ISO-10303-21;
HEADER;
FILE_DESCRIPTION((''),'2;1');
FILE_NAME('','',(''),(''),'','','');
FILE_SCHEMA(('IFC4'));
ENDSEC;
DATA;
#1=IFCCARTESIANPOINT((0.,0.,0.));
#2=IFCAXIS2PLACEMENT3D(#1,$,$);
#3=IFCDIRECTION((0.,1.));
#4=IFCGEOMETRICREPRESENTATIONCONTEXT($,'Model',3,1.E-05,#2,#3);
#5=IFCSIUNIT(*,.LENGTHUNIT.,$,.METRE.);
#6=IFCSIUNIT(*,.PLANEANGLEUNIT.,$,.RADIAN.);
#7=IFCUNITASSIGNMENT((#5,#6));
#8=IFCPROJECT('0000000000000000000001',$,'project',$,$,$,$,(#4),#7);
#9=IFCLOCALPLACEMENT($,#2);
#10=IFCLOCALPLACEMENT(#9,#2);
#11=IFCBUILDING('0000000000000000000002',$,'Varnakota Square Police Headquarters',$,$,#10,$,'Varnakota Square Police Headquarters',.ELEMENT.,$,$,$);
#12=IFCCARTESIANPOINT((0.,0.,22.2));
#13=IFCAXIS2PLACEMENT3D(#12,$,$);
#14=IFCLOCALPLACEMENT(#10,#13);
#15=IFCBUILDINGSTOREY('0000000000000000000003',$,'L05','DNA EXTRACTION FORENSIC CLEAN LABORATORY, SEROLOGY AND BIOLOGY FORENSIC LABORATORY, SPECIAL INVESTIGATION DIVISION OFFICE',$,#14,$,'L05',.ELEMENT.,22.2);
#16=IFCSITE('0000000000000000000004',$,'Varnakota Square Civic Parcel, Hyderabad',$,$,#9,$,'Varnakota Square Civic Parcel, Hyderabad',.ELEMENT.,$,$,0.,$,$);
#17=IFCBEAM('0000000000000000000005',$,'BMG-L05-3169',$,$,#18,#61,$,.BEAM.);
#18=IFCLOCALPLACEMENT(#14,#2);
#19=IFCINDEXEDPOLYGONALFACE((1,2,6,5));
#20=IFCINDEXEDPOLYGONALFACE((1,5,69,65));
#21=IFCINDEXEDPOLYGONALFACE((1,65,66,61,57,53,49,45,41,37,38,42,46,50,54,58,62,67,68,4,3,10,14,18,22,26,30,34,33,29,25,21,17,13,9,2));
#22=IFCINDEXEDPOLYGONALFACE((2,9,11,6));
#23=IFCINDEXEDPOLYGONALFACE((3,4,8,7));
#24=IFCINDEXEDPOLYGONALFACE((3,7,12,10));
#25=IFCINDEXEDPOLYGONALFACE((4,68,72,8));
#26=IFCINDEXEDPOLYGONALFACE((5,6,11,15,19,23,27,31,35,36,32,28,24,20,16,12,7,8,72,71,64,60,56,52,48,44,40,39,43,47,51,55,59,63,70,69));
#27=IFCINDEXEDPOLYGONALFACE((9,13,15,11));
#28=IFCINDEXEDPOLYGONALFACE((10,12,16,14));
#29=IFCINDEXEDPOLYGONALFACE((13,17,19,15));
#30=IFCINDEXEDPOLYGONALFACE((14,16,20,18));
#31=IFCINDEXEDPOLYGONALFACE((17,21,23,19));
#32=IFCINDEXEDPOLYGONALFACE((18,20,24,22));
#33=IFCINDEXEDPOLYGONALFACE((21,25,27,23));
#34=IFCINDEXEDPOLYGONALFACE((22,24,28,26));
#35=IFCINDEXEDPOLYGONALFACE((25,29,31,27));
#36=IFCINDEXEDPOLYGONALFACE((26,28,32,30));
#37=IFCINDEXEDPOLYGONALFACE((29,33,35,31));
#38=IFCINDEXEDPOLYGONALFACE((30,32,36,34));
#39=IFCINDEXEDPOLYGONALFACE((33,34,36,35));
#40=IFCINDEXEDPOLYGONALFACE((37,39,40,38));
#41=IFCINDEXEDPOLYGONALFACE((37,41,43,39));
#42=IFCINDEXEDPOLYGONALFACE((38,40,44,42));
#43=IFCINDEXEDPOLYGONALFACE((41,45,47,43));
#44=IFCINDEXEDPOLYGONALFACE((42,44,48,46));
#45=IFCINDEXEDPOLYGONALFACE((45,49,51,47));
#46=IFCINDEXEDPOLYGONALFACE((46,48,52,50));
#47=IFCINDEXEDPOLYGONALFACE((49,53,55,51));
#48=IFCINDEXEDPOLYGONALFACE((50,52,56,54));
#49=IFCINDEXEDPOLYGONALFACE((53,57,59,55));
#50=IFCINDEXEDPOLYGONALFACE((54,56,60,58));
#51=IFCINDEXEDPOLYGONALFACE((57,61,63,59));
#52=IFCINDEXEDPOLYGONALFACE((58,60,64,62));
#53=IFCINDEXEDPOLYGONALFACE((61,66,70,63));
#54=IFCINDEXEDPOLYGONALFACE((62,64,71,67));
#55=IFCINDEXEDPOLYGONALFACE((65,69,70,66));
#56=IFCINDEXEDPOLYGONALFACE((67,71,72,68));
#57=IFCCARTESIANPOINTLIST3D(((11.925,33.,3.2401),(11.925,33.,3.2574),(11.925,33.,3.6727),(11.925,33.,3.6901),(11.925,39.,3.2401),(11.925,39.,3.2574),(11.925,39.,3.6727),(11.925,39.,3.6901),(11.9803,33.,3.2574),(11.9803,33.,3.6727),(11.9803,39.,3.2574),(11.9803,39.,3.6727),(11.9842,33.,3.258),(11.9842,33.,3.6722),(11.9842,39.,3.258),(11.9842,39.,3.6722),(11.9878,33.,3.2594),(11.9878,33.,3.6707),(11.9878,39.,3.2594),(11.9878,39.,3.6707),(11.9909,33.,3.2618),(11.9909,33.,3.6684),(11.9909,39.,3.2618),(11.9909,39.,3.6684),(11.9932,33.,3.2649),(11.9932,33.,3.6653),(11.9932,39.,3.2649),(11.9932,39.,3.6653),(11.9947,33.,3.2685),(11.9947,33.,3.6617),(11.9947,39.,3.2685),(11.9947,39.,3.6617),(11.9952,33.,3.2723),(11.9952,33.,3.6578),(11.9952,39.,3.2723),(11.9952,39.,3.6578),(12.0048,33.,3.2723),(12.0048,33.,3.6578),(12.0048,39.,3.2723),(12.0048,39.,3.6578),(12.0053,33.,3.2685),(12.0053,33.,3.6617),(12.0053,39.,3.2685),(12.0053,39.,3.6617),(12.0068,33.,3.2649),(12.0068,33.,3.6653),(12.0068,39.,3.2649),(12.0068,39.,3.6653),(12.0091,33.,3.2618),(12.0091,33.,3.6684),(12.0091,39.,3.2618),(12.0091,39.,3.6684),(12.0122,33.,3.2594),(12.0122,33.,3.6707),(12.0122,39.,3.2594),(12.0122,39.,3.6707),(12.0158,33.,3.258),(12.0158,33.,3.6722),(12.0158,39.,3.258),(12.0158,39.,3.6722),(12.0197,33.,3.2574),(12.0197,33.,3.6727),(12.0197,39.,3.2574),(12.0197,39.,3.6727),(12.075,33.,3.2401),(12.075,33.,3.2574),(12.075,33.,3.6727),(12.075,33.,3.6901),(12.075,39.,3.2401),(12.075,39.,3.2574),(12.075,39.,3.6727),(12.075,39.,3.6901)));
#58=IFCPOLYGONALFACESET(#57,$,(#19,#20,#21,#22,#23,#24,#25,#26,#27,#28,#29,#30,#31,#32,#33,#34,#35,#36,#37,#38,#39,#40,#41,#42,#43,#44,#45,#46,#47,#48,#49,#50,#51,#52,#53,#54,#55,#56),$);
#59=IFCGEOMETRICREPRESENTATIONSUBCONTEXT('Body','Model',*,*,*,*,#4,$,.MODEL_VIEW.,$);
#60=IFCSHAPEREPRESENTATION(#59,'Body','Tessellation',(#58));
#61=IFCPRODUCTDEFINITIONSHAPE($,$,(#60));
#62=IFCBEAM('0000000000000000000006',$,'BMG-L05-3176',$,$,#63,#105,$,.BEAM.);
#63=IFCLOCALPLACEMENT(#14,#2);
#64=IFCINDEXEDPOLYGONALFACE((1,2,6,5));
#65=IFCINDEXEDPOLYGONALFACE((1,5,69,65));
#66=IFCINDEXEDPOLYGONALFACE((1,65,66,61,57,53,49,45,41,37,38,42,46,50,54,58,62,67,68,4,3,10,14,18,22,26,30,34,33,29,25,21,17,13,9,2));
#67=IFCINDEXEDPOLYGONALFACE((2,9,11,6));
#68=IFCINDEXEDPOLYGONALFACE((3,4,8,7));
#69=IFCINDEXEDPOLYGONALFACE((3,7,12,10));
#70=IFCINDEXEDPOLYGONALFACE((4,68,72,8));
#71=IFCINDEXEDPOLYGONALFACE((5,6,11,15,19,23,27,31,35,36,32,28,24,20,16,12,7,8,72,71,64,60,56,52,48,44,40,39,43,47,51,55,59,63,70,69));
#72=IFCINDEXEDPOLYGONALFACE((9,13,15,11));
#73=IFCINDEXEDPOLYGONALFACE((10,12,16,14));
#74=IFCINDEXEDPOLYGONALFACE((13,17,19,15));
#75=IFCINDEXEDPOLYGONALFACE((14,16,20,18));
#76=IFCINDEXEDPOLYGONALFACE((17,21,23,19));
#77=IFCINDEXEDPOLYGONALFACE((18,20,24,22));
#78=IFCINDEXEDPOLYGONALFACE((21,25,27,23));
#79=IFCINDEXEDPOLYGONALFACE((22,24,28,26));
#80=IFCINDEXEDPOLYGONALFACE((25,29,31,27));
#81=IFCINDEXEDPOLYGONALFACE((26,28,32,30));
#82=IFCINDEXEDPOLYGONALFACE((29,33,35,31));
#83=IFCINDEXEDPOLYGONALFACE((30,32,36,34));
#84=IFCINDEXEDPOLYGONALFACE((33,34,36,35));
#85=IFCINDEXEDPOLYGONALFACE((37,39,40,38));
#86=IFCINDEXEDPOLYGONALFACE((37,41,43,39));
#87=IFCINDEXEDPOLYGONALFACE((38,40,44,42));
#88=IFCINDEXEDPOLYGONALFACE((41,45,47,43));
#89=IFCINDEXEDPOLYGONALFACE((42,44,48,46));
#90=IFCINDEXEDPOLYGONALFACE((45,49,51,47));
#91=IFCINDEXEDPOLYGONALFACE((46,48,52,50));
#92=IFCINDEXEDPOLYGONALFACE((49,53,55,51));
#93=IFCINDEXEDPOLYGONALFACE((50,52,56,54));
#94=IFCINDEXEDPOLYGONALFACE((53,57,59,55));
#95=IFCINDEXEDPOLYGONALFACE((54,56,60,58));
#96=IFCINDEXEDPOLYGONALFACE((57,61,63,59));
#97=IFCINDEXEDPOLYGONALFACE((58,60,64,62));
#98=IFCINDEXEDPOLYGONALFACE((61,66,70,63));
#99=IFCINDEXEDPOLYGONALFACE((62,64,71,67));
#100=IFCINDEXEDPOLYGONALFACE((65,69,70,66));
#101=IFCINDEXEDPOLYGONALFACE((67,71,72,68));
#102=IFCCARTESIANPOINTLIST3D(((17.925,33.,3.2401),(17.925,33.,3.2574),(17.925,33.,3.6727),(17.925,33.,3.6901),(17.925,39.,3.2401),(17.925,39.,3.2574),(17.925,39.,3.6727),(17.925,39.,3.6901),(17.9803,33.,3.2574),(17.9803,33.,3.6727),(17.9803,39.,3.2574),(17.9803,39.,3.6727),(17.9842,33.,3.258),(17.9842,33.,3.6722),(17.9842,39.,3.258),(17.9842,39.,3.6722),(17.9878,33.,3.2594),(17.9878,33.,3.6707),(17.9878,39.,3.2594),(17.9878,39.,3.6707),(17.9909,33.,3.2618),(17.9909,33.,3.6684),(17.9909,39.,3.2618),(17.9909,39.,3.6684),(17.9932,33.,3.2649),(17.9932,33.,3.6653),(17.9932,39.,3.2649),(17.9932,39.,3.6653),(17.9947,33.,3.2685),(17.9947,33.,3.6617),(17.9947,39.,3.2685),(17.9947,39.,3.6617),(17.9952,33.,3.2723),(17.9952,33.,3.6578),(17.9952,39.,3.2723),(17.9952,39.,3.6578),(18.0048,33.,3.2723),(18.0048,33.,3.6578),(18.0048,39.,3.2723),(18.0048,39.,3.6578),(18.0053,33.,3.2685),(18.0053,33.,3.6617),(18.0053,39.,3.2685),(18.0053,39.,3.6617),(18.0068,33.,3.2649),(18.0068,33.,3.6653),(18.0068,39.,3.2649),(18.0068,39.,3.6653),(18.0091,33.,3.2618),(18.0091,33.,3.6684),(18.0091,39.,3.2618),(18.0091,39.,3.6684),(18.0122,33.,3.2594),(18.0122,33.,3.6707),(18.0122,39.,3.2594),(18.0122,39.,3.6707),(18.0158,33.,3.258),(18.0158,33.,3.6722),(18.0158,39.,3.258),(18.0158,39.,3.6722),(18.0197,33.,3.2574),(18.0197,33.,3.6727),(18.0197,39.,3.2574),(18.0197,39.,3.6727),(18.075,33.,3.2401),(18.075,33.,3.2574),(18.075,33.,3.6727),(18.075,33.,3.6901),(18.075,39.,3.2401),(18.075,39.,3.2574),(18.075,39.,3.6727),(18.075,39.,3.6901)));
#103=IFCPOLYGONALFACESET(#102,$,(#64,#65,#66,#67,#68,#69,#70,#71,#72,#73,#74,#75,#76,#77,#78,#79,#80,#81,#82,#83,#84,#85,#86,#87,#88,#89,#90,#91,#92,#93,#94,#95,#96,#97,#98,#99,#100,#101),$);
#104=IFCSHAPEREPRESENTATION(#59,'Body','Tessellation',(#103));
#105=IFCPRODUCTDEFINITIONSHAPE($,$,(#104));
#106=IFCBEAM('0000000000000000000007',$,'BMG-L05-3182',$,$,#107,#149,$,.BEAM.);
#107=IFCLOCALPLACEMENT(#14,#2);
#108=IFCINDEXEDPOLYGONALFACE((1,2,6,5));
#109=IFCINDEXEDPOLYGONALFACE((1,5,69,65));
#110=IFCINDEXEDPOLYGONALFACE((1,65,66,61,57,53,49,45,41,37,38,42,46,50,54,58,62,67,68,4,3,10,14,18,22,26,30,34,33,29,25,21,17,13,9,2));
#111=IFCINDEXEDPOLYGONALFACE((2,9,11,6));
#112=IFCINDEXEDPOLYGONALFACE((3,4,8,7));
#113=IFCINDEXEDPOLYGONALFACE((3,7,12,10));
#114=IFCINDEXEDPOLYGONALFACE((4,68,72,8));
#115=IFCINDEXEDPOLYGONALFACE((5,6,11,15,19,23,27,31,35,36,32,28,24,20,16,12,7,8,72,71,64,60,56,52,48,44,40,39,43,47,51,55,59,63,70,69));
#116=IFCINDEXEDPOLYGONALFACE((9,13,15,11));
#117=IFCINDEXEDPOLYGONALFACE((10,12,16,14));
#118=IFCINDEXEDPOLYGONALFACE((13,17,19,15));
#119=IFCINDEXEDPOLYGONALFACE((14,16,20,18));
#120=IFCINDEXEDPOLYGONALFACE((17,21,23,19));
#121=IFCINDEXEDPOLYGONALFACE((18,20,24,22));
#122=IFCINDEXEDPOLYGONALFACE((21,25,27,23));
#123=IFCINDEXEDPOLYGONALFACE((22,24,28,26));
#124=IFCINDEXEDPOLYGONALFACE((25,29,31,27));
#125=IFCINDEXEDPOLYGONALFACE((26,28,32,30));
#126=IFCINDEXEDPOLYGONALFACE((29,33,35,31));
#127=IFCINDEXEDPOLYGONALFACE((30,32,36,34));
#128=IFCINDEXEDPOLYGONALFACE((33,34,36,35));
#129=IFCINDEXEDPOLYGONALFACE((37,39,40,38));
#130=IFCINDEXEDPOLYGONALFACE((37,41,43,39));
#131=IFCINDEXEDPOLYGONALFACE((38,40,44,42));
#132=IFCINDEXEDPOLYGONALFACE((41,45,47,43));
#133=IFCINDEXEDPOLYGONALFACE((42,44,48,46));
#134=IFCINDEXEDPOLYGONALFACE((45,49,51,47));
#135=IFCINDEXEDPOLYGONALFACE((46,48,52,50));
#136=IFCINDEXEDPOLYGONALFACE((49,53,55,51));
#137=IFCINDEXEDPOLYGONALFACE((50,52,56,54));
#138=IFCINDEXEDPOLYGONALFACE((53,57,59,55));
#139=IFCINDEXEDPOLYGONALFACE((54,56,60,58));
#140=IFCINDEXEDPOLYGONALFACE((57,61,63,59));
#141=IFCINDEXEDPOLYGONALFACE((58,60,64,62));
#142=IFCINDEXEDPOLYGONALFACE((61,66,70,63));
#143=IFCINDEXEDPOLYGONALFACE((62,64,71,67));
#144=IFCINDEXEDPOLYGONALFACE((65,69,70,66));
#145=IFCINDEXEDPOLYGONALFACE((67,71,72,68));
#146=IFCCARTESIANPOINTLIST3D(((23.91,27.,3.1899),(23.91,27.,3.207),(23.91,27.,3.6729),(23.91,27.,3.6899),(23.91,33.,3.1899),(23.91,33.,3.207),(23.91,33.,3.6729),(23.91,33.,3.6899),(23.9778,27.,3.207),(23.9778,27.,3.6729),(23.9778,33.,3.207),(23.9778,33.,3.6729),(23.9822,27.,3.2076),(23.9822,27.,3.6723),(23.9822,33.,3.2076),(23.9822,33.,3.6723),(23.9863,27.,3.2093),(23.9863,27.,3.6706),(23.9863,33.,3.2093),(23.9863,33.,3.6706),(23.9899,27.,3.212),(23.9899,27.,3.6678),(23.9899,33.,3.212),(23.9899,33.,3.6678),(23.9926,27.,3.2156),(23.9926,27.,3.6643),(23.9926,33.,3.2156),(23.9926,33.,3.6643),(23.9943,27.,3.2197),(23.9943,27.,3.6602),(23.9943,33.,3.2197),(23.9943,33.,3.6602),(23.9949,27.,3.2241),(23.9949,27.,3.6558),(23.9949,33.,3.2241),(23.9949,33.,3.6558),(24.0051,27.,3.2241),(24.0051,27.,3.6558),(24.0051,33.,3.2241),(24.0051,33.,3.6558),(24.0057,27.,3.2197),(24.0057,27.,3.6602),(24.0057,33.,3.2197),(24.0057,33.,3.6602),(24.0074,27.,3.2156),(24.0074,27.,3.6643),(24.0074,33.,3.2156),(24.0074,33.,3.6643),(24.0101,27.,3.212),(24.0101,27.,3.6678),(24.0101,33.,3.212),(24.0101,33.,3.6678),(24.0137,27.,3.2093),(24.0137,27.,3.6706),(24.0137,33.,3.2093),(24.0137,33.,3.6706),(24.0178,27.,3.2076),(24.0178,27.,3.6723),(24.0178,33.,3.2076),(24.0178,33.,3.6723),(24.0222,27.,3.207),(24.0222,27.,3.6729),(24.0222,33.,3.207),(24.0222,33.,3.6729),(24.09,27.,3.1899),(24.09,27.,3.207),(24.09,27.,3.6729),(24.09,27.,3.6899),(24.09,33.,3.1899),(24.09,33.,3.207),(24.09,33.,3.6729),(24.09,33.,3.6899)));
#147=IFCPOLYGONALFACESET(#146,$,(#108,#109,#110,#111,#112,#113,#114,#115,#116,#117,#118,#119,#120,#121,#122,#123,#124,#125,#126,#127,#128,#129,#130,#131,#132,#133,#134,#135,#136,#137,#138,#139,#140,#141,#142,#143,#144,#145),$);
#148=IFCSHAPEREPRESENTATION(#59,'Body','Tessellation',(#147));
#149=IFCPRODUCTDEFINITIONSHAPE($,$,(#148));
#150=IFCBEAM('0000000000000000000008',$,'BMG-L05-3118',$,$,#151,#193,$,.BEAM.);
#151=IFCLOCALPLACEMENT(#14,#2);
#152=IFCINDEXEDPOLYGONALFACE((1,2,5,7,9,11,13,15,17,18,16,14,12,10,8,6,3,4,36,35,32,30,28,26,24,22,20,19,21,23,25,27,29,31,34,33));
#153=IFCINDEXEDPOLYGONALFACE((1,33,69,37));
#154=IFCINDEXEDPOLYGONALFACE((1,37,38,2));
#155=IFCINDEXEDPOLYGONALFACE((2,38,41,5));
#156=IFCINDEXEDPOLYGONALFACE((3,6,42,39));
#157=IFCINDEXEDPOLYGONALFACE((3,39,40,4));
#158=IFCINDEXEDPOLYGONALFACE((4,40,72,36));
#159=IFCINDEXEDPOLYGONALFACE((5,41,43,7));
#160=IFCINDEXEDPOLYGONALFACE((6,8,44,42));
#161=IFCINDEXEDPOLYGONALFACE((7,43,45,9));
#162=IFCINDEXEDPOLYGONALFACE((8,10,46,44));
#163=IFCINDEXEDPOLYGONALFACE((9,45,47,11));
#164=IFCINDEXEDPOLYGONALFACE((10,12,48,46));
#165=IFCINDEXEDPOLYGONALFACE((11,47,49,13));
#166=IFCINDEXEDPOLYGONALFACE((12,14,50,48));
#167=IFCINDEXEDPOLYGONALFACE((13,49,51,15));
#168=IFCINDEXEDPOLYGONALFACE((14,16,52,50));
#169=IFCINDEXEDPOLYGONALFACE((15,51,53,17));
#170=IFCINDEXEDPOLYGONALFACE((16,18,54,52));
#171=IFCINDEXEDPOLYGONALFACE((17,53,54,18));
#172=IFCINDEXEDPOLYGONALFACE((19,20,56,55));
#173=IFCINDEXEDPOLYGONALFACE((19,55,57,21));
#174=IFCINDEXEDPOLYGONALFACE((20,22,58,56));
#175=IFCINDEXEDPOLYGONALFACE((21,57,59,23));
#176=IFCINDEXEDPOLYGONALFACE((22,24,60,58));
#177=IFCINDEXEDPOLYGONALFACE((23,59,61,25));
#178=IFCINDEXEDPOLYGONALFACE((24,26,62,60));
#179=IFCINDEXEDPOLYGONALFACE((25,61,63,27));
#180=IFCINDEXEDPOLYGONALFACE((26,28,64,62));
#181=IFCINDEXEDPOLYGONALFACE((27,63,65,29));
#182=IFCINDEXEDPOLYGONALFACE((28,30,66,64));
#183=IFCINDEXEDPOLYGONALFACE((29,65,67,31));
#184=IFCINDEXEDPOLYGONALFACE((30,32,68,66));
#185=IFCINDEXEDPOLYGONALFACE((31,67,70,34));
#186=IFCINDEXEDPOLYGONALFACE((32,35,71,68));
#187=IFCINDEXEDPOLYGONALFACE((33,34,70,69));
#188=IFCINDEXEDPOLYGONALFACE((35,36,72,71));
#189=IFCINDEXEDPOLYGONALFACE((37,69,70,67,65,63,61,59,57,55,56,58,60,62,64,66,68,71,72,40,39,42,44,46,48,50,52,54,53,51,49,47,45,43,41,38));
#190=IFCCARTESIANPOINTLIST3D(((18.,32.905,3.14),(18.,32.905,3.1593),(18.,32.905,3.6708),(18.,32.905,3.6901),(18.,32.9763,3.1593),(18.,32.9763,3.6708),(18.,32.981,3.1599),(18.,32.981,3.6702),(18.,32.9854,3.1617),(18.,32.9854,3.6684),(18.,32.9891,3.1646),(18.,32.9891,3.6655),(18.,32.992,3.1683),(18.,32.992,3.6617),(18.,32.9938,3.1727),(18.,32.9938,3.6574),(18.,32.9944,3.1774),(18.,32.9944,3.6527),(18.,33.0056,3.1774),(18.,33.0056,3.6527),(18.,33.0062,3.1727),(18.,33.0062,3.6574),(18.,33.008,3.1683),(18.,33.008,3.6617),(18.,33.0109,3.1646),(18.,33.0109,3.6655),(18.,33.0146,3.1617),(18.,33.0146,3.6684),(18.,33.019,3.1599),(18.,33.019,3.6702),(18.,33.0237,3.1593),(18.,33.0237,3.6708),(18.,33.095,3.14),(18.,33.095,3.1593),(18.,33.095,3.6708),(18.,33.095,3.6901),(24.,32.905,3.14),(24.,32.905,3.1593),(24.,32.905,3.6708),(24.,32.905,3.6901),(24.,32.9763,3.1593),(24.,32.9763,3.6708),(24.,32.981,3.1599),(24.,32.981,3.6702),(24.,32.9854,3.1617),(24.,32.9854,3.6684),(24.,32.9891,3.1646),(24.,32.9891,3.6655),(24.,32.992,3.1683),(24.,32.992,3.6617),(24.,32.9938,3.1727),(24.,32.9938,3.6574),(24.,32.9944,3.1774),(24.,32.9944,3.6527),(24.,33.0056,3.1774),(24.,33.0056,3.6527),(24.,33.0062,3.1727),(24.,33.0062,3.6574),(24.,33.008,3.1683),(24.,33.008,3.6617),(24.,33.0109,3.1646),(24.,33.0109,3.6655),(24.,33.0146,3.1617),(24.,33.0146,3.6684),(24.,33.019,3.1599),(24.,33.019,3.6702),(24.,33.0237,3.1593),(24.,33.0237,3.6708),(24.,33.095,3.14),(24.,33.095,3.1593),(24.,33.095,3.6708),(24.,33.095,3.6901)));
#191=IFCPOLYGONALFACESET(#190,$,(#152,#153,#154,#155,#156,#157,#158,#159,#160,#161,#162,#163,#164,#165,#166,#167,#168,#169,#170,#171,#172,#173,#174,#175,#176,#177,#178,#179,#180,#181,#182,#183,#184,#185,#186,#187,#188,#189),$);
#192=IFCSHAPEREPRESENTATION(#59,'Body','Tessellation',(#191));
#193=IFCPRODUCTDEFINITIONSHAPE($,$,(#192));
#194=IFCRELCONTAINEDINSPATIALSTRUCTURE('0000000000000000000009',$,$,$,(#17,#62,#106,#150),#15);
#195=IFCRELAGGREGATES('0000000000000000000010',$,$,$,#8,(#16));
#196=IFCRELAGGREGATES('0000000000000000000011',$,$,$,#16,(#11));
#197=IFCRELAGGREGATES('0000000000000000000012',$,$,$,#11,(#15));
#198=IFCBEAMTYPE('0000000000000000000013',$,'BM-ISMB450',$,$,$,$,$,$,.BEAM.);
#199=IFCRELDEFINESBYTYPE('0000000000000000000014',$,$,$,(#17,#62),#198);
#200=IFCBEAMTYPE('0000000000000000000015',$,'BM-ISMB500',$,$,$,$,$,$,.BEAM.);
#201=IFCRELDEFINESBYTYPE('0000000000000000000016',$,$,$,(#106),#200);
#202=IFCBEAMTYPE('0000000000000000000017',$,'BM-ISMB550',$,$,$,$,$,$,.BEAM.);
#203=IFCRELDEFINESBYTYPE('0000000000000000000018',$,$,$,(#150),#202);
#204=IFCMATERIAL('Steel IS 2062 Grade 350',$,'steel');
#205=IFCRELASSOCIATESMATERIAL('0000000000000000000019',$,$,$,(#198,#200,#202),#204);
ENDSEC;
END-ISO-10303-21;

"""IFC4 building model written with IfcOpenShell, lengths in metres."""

from ifc_helpers import new_model, si_unit, direction, frame, origin, origin_2d, place, context, subcontext, project, spatial, i_section, extrude, material, material_profile, profile_set, type_object, element, save


model = new_model("IFC4")

# Units and contexts
model_context = context("Model", 3, precision=1e-05, world=origin(), true_north=direction((0.0, 1.0)))
body_context = subcontext(model_context, "Body", "Model", "MODEL_VIEW")
ifc_project = project(units=[si_unit("LENGTHUNIT", "METRE"), si_unit("PLANEANGLEUNIT", "RADIAN")], contexts=[model_context])

# Site, building, storey
site_placement = place(None, origin())
site = spatial("IfcSite", under=ifc_project, at=site_placement, Name="Varnakota Square Civic Parcel, Hyderabad", LongName="Varnakota Square Civic Parcel, Hyderabad", CompositionType="ELEMENT", RefElevation=0.0)
building_placement = place(site_placement, origin())
building = spatial("IfcBuilding", under=site, at=building_placement, Name="Varnakota Square Police Headquarters", LongName="Varnakota Square Police Headquarters", CompositionType="ELEMENT")
storey_placement = place(building_placement, frame((0.0, 0.0, 22.2)))
storey = spatial("IfcBuildingStorey", under=building, at=storey_placement, Name="L05", Description="DNA EXTRACTION FORENSIC CLEAN LABORATORY, SEROLOGY AND BIOLOGY FORENSIC LABORATORY, SPECIAL INVESTIGATION DIVISION OFFICE", LongName="L05", CompositionType="ELEMENT", Elevation=22.2)

# Shared definitions
ifc_material_1 = material(Name="Steel IS 2062 Grade 350", Category="steel")

# Beams
ifc_material_profile_1 = material_profile(ifc_material_1, i_section(OverallWidth=0.1499, OverallDepth=0.45, WebThickness=0.0095, FlangeThickness=0.0173, FilletRadius=0.0149, at=origin_2d()), Name="ISMB 450")
ifc_profile_set_1 = profile_set([ifc_material_profile_1], Name="Steel IS 2062 Grade 350")
beam_type_1 = type_object("IfcBeamType", Name="BM-ISMB450", PredefinedType="BEAM", material=ifc_profile_set_1)
for number, where, z_axis, x_axis, name in (
    (1, (12.0, 33.0, 3.4651), (0.0, 1.0, 0.0), (-1.0, 0.0, 0.0), "BMG-L05-3169"),
    (2, (18.0, 33.0, 3.4651), (0.0, 1.0, 0.0), (-1.0, 0.0, 0.0), "BMG-L05-3176"),
):
    element("IfcBeam", number, at=place(storey_placement, frame(where, z_axis=z_axis, x_axis=x_axis)), inside=storey, type_object=beam_type_1, Name=name, PredefinedType="BEAM", context=body_context, shape_type="SweptSolid", body=[
        extrude(i_section(OverallWidth=0.1499, OverallDepth=0.45, WebThickness=0.0095, FlangeThickness=0.0173, FilletRadius=0.0149, at=origin_2d()), origin(), (0.0, 0.0, 1.0), 6.0),
    ])
ifc_material_profile_2 = material_profile(ifc_material_1, i_section(OverallWidth=0.1799, OverallDepth=0.5, WebThickness=0.0103, FlangeThickness=0.0171, FilletRadius=0.0171, at=origin_2d()), Name="ISMB 500")
ifc_profile_set_2 = profile_set([ifc_material_profile_2], Name="Steel IS 2062 Grade 350")
beam_type_2 = type_object("IfcBeamType", Name="BM-ISMB500", PredefinedType="BEAM", material=ifc_profile_set_2)
beam_1_placement = place(storey_placement, frame((24.0, 27.0, 3.4399), z_axis=(0.0, 1.0, 0.0), x_axis=(-1.0, 0.0, 0.0)))
element("IfcBeam", 3, at=beam_1_placement, inside=storey, type_object=beam_type_2, Name="BMG-L05-3182", PredefinedType="BEAM", context=body_context, shape_type="SweptSolid", body=[
    extrude(i_section(OverallWidth=0.1799, OverallDepth=0.5, WebThickness=0.0103, FlangeThickness=0.0171, FilletRadius=0.0171, at=origin_2d()), origin(), (0.0, 0.0, 1.0), 6.0),
])
ifc_material_profile_3 = material_profile(ifc_material_1, i_section(OverallWidth=0.1899, OverallDepth=0.55, WebThickness=0.0112, FlangeThickness=0.0193, FilletRadius=0.0181, at=origin_2d()), Name="ISMB 550")
ifc_profile_set_3 = profile_set([ifc_material_profile_3], Name="Steel IS 2062 Grade 350")
beam_type_3 = type_object("IfcBeamType", Name="BM-ISMB550", PredefinedType="BEAM", material=ifc_profile_set_3)
beam_2_placement = place(storey_placement, frame((18.0, 33.0, 3.415), z_axis=(1.0, 0.0, 0.0), x_axis=(0.0, 1.0, 0.0)))
element("IfcBeam", 4, at=beam_2_placement, inside=storey, type_object=beam_type_3, Name="BMG-L05-3118", PredefinedType="BEAM", context=body_context, shape_type="SweptSolid", body=[
    extrude(i_section(OverallWidth=0.1899, OverallDepth=0.55, WebThickness=0.0112, FlangeThickness=0.0193, FilletRadius=0.0181, at=origin_2d()), origin(), (0.0, 0.0, 1.0), 6.0),
])

save(model, "model.ifc")
